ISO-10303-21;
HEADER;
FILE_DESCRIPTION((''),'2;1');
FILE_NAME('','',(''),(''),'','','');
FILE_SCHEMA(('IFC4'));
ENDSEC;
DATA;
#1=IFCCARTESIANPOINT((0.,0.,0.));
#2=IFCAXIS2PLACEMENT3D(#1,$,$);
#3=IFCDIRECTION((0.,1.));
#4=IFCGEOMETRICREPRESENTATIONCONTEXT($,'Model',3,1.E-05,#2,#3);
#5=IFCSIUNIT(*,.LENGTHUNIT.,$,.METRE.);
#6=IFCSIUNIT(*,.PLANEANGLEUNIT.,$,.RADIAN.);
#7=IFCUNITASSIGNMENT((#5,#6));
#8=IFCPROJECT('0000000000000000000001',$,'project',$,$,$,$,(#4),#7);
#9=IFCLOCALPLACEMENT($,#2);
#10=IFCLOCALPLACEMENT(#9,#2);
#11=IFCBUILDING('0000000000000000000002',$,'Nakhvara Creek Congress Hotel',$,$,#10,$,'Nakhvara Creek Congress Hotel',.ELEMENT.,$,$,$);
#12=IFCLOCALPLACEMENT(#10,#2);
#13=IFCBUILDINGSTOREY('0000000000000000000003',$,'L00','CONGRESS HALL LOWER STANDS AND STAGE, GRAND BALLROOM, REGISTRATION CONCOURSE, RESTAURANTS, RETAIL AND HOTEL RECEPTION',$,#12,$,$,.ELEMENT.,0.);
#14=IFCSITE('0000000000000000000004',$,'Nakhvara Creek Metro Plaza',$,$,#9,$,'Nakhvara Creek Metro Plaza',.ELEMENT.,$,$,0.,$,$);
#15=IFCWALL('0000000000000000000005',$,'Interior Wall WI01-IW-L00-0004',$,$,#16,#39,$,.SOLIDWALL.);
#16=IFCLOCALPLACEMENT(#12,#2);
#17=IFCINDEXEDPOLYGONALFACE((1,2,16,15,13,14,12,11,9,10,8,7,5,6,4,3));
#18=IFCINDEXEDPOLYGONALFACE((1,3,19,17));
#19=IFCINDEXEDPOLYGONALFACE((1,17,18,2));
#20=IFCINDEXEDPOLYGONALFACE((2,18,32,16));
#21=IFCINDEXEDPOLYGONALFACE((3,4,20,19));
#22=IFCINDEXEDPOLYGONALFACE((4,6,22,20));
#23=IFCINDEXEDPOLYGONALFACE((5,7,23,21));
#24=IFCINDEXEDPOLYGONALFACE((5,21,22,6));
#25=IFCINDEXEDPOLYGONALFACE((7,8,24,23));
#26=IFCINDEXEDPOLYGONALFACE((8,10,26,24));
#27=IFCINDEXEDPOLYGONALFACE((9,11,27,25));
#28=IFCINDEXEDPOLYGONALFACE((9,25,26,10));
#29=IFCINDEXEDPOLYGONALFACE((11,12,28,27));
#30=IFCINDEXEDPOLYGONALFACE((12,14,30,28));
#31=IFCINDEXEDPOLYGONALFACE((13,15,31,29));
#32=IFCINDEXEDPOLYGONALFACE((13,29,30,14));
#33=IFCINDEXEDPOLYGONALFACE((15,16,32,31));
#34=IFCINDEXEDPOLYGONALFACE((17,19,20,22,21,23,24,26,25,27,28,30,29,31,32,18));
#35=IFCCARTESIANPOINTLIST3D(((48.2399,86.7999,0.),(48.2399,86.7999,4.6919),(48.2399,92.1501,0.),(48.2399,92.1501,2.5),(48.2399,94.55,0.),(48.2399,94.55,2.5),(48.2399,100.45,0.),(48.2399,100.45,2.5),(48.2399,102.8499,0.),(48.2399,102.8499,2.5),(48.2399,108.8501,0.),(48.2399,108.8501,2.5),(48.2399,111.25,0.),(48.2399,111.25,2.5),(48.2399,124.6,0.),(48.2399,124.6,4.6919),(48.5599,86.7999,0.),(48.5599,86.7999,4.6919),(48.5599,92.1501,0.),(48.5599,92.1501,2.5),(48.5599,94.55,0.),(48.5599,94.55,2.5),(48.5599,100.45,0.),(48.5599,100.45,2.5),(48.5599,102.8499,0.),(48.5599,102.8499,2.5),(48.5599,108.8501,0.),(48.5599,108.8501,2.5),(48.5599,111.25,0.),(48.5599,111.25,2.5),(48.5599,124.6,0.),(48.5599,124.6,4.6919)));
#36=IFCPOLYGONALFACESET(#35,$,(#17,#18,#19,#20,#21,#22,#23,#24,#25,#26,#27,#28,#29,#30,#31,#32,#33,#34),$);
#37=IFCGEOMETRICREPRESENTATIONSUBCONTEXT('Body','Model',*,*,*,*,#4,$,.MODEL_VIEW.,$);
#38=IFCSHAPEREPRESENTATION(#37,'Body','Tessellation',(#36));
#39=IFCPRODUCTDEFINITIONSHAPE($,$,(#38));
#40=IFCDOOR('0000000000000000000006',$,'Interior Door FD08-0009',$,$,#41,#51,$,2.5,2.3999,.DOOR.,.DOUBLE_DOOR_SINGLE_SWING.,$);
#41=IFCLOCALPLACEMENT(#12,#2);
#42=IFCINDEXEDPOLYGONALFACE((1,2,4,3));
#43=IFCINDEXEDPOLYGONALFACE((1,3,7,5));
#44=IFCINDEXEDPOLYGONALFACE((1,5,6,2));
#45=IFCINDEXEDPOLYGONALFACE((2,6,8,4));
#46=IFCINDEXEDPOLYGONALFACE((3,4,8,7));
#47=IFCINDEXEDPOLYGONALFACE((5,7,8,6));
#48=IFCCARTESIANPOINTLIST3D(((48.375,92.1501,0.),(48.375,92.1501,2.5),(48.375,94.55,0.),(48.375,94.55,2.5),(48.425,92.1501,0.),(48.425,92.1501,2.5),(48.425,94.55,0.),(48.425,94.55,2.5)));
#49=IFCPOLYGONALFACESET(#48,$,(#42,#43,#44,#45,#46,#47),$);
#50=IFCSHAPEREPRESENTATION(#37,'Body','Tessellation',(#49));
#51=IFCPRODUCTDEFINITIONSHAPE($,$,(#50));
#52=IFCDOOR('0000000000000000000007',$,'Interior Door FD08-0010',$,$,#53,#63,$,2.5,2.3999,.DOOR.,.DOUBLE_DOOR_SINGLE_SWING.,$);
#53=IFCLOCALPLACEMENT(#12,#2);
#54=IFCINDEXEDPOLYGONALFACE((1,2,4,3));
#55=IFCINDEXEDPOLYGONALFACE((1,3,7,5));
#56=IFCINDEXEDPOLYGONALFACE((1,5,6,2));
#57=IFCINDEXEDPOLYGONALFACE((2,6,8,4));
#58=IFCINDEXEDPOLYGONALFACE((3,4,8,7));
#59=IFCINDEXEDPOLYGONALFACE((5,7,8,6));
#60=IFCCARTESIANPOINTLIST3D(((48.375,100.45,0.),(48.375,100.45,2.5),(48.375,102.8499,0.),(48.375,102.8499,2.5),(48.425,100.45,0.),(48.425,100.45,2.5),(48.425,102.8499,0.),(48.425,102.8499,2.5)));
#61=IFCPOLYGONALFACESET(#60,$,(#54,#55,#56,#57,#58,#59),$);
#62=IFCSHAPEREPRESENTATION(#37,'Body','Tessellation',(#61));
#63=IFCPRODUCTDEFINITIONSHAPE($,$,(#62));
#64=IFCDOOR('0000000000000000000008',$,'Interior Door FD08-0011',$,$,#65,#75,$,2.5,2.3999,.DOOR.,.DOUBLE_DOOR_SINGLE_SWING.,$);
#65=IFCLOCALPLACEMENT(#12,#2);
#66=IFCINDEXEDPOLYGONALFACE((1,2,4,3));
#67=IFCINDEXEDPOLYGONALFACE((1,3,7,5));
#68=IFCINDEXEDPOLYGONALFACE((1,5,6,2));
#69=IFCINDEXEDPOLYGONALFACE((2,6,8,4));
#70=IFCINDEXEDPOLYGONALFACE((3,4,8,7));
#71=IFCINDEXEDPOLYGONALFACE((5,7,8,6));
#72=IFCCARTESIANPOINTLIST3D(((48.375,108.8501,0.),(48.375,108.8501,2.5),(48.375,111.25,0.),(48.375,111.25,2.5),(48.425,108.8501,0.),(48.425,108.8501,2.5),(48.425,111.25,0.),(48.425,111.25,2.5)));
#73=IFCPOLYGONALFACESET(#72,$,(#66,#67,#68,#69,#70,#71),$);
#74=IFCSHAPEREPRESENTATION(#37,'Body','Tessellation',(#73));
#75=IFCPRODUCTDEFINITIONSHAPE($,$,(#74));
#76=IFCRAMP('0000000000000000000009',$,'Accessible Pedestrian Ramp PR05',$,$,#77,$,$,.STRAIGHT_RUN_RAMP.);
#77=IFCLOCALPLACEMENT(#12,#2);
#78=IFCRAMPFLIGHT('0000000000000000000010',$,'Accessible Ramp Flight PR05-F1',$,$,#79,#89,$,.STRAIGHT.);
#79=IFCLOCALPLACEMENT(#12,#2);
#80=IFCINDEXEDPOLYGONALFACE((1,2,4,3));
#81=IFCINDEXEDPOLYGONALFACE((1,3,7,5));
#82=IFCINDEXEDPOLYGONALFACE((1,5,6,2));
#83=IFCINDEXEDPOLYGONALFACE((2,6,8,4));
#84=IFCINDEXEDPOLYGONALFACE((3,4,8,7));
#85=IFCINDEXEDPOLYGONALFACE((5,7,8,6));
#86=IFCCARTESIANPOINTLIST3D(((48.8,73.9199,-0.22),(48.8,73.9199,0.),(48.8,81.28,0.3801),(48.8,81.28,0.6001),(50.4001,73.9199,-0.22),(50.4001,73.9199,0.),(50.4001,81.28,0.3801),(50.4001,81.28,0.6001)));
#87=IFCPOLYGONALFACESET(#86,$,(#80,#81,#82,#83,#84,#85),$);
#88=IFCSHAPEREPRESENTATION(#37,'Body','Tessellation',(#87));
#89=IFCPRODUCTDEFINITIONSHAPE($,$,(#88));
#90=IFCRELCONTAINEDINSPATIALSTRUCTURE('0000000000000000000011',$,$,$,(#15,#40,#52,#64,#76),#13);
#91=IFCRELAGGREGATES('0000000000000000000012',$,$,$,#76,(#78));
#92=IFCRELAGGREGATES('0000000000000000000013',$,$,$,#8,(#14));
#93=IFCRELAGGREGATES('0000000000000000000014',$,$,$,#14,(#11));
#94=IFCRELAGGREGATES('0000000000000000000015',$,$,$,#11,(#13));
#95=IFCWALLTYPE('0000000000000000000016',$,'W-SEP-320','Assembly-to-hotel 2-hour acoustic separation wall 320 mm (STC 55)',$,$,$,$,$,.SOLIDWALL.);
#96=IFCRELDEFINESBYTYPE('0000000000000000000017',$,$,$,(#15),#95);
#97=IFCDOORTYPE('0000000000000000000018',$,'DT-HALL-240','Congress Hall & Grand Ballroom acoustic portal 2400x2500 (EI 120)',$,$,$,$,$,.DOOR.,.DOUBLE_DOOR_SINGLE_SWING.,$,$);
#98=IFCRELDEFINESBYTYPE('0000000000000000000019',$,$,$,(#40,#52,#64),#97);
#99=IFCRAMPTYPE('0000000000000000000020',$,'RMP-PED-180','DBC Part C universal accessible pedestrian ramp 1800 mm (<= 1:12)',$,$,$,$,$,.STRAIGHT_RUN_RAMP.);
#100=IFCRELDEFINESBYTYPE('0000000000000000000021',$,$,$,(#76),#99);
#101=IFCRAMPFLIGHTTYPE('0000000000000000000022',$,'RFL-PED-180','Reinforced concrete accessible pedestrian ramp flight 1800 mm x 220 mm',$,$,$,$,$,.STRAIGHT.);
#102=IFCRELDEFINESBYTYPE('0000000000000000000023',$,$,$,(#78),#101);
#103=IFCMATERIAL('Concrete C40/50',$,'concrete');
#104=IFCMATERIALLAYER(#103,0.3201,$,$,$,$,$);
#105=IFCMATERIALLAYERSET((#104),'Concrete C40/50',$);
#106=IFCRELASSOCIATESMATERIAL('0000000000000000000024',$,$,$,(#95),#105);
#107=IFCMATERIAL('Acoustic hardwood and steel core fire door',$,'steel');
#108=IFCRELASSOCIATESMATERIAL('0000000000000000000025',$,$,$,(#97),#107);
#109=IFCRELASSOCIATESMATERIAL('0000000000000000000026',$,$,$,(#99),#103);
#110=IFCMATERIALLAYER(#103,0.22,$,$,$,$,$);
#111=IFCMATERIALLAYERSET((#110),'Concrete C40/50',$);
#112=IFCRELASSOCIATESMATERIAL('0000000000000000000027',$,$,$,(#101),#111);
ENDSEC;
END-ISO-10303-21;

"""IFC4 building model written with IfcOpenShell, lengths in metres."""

from ifc_helpers import new_model, si_unit, direction, frame, frame_2d, origin, place, context, subcontext, project, spatial, polyline, rectangle, outline, extrude, material, layer, layer_set, type_object, element, fill, aggregate, save


model = new_model("IFC4")

# Units and contexts
model_context = context("Model", 3, precision=1e-05, world=origin(), true_north=direction((0.0, 1.0)))
body_context = subcontext(model_context, "Body", "Model", "MODEL_VIEW")
ifc_project = project(units=[si_unit("LENGTHUNIT", "METRE"), si_unit("PLANEANGLEUNIT", "RADIAN")], contexts=[model_context])

# Site, building, storey
site_placement = place(None, origin())
site = spatial("IfcSite", under=ifc_project, at=site_placement, Name="Nakhvara Creek Metro Plaza", LongName="Nakhvara Creek Metro Plaza", CompositionType="ELEMENT", RefElevation=0.0)
building_placement = place(site_placement, origin())
building = spatial("IfcBuilding", under=site, at=building_placement, Name="Nakhvara Creek Congress Hotel", LongName="Nakhvara Creek Congress Hotel", CompositionType="ELEMENT")
storey_placement = place(building_placement, origin())
storey = spatial("IfcBuildingStorey", under=building, at=storey_placement, Name="L00", Description="CONGRESS HALL LOWER STANDS AND STAGE, GRAND BALLROOM, REGISTRATION CONCOURSE, RESTAURANTS, RETAIL AND HOTEL RECEPTION", CompositionType="ELEMENT", Elevation=0.0)

# Wall, openings, doors
ifc_material_1 = material(Name="Concrete C40/50", Category="concrete")
ifc_layer_1 = layer(ifc_material_1, 0.3201)
ifc_layer_set_1 = layer_set([ifc_layer_1], Name="Concrete C40/50")
wall_type_1 = type_object("IfcWallType", Name="W-SEP-320", Description="Assembly-to-hotel 2-hour acoustic separation wall 320 mm (STC 55)", PredefinedType="SOLIDWALL", material=ifc_layer_set_1)
wall_1_placement = place(storey_placement, frame((48.3999, 86.8, 0.0), z_axis=(0.0, 0.0, 1.0), x_axis=(0.0, 1.0, 0.0)))
wall_1 = element("IfcWall", 1, at=wall_1_placement, inside=storey, type_object=wall_type_1, Name="Interior Wall WI01-IW-L00-0004", PredefinedType="SOLIDWALL", context=body_context, shape_type="SweptSolid", body=[
    extrude(rectangle(XDim=37.8, YDim=0.3201, at=frame_2d((18.8999, 0.0))), origin(), (0.0, 0.0, 1.0), 4.6919),
])
opening_1_placement = place(wall_1_placement, frame((5.3501, 0.0, 0.0)))
opening_1 = element("IfcOpeningElement", 2, at=opening_1_placement, cuts=wall_1, PredefinedType="OPENING", context=body_context, shape_type="SweptSolid", body=[
    extrude(rectangle(XDim=2.3999, YDim=2.5, at=frame_2d((1.2, 1.25))), frame((0.0, 0.1719, 0.0), z_axis=(0.0, -1.0, 0.0), x_axis=(1.0, 0.0, 0.0)), (0.0, 0.0, 1.0), 0.344),
])
opening_2_placement = place(wall_1_placement, frame((13.6499, 0.0, 0.0)))
opening_2 = element("IfcOpeningElement", 3, at=opening_2_placement, cuts=wall_1, PredefinedType="OPENING", context=body_context, shape_type="SweptSolid", body=[
    extrude(rectangle(XDim=2.3999, YDim=2.5, at=frame_2d((1.2, 1.25))), frame((0.0, 0.1719, 0.0), z_axis=(0.0, -1.0, 0.0), x_axis=(1.0, 0.0, 0.0)), (0.0, 0.0, 1.0), 0.344),
])
opening_3_placement = place(wall_1_placement, frame((22.05, 0.0, 0.0)))
opening_3 = element("IfcOpeningElement", 4, at=opening_3_placement, cuts=wall_1, PredefinedType="OPENING", context=body_context, shape_type="SweptSolid", body=[
    extrude(rectangle(XDim=2.3999, YDim=2.5, at=frame_2d((1.2, 1.25))), frame((0.0, 0.1719, 0.0), z_axis=(0.0, -1.0, 0.0), x_axis=(1.0, 0.0, 0.0)), (0.0, 0.0, 1.0), 0.344),
])
ifc_material_2 = material(Name="Acoustic hardwood and steel core fire door", Category="steel")
door_type = type_object("IfcDoorType", Name="DT-HALL-240", Description="Congress Hall & Grand Ballroom acoustic portal 2400x2500 (EI 120)", OperationType="DOUBLE_DOOR_SINGLE_SWING", PredefinedType="DOOR", material=ifc_material_2)
door_1_placement = place(opening_1_placement, origin())
door_1 = element("IfcDoor", 5, at=door_1_placement, inside=storey, type_object=door_type, Name="Interior Door FD08-0009", OperationType="DOUBLE_DOOR_SINGLE_SWING", OverallHeight=2.5, OverallWidth=2.3999, PredefinedType="DOOR", context=body_context, shape_type="SweptSolid", body=[
    extrude(rectangle(XDim=2.3999, YDim=2.5, at=frame_2d((1.2, 1.25))), frame((0.0, 0.0249, 0.0), z_axis=(0.0, -1.0, 0.0), x_axis=(1.0, 0.0, 0.0)), (0.0, 0.0, 1.0), 0.05),
])
fill(opening_1, door_1)
door_2_placement = place(opening_2_placement, origin())
door_2 = element("IfcDoor", 6, at=door_2_placement, inside=storey, type_object=door_type, Name="Interior Door FD08-0010", OperationType="DOUBLE_DOOR_SINGLE_SWING", OverallHeight=2.5, OverallWidth=2.3999, PredefinedType="DOOR", context=body_context, shape_type="SweptSolid", body=[
    extrude(rectangle(XDim=2.3999, YDim=2.5, at=frame_2d((1.2, 1.25))), frame((0.0, 0.0249, 0.0), z_axis=(0.0, -1.0, 0.0), x_axis=(1.0, 0.0, 0.0)), (0.0, 0.0, 1.0), 0.05),
])
fill(opening_2, door_2)
door_3_placement = place(opening_3_placement, origin())
door_3 = element("IfcDoor", 7, at=door_3_placement, inside=storey, type_object=door_type, Name="Interior Door FD08-0011", OperationType="DOUBLE_DOOR_SINGLE_SWING", OverallHeight=2.5, OverallWidth=2.3999, PredefinedType="DOOR", context=body_context, shape_type="SweptSolid", body=[
    extrude(rectangle(XDim=2.3999, YDim=2.5, at=frame_2d((1.2, 1.25))), frame((0.0, 0.0249, 0.0), z_axis=(0.0, -1.0, 0.0), x_axis=(1.0, 0.0, 0.0)), (0.0, 0.0, 1.0), 0.05),
])
fill(opening_3, door_3)

# Ramp, ramp flight
ramp_type = type_object("IfcRampType", Name="RMP-PED-180", Description="DBC Part C universal accessible pedestrian ramp 1800 mm (<= 1:12)", PredefinedType="STRAIGHT_RUN_RAMP", material=ifc_material_1)
ramp_placement = place(storey_placement, origin())
ramp = element("IfcRamp", 8, at=ramp_placement, inside=storey, type_object=ramp_type, Name="Accessible Pedestrian Ramp PR05", PredefinedType="STRAIGHT_RUN_RAMP")
ifc_layer_2 = layer(ifc_material_1, 0.22)
ifc_layer_set_2 = layer_set([ifc_layer_2], Name="Concrete C40/50")
ramp_flight_type = type_object("IfcRampFlightType", Name="RFL-PED-180", Description="Reinforced concrete accessible pedestrian ramp flight 1800 mm x 220 mm", PredefinedType="STRAIGHT", material=ifc_layer_set_2)
ramp_flight_placement = place(storey_placement, frame((49.6001, 74.0, 0.0), z_axis=(0.0, 0.0, 1.0), x_axis=(0.0, 1.0, 0.0)))
ramp_flight = element("IfcRampFlight", 9, at=ramp_flight_placement, type_object=ramp_flight_type, Name="Accessible Ramp Flight PR05-F1", PredefinedType="STRAIGHT", context=body_context, shape_type="SweptSolid", body=[
    extrude(outline(polyline([(-0.0801, 0.0), (7.28, 0.6001), (7.28, 0.3801), (-0.0801, -0.22), (-0.0801, 0.0)])), frame((0.0, 0.8, 0.0), z_axis=(0.0, -1.0, 0.0), x_axis=(1.0, 0.0, 0.0)), (0.0, 0.0, 1.0), 1.6001),
])
aggregate(ramp, [ramp_flight])

save(model, "model.ifc")
